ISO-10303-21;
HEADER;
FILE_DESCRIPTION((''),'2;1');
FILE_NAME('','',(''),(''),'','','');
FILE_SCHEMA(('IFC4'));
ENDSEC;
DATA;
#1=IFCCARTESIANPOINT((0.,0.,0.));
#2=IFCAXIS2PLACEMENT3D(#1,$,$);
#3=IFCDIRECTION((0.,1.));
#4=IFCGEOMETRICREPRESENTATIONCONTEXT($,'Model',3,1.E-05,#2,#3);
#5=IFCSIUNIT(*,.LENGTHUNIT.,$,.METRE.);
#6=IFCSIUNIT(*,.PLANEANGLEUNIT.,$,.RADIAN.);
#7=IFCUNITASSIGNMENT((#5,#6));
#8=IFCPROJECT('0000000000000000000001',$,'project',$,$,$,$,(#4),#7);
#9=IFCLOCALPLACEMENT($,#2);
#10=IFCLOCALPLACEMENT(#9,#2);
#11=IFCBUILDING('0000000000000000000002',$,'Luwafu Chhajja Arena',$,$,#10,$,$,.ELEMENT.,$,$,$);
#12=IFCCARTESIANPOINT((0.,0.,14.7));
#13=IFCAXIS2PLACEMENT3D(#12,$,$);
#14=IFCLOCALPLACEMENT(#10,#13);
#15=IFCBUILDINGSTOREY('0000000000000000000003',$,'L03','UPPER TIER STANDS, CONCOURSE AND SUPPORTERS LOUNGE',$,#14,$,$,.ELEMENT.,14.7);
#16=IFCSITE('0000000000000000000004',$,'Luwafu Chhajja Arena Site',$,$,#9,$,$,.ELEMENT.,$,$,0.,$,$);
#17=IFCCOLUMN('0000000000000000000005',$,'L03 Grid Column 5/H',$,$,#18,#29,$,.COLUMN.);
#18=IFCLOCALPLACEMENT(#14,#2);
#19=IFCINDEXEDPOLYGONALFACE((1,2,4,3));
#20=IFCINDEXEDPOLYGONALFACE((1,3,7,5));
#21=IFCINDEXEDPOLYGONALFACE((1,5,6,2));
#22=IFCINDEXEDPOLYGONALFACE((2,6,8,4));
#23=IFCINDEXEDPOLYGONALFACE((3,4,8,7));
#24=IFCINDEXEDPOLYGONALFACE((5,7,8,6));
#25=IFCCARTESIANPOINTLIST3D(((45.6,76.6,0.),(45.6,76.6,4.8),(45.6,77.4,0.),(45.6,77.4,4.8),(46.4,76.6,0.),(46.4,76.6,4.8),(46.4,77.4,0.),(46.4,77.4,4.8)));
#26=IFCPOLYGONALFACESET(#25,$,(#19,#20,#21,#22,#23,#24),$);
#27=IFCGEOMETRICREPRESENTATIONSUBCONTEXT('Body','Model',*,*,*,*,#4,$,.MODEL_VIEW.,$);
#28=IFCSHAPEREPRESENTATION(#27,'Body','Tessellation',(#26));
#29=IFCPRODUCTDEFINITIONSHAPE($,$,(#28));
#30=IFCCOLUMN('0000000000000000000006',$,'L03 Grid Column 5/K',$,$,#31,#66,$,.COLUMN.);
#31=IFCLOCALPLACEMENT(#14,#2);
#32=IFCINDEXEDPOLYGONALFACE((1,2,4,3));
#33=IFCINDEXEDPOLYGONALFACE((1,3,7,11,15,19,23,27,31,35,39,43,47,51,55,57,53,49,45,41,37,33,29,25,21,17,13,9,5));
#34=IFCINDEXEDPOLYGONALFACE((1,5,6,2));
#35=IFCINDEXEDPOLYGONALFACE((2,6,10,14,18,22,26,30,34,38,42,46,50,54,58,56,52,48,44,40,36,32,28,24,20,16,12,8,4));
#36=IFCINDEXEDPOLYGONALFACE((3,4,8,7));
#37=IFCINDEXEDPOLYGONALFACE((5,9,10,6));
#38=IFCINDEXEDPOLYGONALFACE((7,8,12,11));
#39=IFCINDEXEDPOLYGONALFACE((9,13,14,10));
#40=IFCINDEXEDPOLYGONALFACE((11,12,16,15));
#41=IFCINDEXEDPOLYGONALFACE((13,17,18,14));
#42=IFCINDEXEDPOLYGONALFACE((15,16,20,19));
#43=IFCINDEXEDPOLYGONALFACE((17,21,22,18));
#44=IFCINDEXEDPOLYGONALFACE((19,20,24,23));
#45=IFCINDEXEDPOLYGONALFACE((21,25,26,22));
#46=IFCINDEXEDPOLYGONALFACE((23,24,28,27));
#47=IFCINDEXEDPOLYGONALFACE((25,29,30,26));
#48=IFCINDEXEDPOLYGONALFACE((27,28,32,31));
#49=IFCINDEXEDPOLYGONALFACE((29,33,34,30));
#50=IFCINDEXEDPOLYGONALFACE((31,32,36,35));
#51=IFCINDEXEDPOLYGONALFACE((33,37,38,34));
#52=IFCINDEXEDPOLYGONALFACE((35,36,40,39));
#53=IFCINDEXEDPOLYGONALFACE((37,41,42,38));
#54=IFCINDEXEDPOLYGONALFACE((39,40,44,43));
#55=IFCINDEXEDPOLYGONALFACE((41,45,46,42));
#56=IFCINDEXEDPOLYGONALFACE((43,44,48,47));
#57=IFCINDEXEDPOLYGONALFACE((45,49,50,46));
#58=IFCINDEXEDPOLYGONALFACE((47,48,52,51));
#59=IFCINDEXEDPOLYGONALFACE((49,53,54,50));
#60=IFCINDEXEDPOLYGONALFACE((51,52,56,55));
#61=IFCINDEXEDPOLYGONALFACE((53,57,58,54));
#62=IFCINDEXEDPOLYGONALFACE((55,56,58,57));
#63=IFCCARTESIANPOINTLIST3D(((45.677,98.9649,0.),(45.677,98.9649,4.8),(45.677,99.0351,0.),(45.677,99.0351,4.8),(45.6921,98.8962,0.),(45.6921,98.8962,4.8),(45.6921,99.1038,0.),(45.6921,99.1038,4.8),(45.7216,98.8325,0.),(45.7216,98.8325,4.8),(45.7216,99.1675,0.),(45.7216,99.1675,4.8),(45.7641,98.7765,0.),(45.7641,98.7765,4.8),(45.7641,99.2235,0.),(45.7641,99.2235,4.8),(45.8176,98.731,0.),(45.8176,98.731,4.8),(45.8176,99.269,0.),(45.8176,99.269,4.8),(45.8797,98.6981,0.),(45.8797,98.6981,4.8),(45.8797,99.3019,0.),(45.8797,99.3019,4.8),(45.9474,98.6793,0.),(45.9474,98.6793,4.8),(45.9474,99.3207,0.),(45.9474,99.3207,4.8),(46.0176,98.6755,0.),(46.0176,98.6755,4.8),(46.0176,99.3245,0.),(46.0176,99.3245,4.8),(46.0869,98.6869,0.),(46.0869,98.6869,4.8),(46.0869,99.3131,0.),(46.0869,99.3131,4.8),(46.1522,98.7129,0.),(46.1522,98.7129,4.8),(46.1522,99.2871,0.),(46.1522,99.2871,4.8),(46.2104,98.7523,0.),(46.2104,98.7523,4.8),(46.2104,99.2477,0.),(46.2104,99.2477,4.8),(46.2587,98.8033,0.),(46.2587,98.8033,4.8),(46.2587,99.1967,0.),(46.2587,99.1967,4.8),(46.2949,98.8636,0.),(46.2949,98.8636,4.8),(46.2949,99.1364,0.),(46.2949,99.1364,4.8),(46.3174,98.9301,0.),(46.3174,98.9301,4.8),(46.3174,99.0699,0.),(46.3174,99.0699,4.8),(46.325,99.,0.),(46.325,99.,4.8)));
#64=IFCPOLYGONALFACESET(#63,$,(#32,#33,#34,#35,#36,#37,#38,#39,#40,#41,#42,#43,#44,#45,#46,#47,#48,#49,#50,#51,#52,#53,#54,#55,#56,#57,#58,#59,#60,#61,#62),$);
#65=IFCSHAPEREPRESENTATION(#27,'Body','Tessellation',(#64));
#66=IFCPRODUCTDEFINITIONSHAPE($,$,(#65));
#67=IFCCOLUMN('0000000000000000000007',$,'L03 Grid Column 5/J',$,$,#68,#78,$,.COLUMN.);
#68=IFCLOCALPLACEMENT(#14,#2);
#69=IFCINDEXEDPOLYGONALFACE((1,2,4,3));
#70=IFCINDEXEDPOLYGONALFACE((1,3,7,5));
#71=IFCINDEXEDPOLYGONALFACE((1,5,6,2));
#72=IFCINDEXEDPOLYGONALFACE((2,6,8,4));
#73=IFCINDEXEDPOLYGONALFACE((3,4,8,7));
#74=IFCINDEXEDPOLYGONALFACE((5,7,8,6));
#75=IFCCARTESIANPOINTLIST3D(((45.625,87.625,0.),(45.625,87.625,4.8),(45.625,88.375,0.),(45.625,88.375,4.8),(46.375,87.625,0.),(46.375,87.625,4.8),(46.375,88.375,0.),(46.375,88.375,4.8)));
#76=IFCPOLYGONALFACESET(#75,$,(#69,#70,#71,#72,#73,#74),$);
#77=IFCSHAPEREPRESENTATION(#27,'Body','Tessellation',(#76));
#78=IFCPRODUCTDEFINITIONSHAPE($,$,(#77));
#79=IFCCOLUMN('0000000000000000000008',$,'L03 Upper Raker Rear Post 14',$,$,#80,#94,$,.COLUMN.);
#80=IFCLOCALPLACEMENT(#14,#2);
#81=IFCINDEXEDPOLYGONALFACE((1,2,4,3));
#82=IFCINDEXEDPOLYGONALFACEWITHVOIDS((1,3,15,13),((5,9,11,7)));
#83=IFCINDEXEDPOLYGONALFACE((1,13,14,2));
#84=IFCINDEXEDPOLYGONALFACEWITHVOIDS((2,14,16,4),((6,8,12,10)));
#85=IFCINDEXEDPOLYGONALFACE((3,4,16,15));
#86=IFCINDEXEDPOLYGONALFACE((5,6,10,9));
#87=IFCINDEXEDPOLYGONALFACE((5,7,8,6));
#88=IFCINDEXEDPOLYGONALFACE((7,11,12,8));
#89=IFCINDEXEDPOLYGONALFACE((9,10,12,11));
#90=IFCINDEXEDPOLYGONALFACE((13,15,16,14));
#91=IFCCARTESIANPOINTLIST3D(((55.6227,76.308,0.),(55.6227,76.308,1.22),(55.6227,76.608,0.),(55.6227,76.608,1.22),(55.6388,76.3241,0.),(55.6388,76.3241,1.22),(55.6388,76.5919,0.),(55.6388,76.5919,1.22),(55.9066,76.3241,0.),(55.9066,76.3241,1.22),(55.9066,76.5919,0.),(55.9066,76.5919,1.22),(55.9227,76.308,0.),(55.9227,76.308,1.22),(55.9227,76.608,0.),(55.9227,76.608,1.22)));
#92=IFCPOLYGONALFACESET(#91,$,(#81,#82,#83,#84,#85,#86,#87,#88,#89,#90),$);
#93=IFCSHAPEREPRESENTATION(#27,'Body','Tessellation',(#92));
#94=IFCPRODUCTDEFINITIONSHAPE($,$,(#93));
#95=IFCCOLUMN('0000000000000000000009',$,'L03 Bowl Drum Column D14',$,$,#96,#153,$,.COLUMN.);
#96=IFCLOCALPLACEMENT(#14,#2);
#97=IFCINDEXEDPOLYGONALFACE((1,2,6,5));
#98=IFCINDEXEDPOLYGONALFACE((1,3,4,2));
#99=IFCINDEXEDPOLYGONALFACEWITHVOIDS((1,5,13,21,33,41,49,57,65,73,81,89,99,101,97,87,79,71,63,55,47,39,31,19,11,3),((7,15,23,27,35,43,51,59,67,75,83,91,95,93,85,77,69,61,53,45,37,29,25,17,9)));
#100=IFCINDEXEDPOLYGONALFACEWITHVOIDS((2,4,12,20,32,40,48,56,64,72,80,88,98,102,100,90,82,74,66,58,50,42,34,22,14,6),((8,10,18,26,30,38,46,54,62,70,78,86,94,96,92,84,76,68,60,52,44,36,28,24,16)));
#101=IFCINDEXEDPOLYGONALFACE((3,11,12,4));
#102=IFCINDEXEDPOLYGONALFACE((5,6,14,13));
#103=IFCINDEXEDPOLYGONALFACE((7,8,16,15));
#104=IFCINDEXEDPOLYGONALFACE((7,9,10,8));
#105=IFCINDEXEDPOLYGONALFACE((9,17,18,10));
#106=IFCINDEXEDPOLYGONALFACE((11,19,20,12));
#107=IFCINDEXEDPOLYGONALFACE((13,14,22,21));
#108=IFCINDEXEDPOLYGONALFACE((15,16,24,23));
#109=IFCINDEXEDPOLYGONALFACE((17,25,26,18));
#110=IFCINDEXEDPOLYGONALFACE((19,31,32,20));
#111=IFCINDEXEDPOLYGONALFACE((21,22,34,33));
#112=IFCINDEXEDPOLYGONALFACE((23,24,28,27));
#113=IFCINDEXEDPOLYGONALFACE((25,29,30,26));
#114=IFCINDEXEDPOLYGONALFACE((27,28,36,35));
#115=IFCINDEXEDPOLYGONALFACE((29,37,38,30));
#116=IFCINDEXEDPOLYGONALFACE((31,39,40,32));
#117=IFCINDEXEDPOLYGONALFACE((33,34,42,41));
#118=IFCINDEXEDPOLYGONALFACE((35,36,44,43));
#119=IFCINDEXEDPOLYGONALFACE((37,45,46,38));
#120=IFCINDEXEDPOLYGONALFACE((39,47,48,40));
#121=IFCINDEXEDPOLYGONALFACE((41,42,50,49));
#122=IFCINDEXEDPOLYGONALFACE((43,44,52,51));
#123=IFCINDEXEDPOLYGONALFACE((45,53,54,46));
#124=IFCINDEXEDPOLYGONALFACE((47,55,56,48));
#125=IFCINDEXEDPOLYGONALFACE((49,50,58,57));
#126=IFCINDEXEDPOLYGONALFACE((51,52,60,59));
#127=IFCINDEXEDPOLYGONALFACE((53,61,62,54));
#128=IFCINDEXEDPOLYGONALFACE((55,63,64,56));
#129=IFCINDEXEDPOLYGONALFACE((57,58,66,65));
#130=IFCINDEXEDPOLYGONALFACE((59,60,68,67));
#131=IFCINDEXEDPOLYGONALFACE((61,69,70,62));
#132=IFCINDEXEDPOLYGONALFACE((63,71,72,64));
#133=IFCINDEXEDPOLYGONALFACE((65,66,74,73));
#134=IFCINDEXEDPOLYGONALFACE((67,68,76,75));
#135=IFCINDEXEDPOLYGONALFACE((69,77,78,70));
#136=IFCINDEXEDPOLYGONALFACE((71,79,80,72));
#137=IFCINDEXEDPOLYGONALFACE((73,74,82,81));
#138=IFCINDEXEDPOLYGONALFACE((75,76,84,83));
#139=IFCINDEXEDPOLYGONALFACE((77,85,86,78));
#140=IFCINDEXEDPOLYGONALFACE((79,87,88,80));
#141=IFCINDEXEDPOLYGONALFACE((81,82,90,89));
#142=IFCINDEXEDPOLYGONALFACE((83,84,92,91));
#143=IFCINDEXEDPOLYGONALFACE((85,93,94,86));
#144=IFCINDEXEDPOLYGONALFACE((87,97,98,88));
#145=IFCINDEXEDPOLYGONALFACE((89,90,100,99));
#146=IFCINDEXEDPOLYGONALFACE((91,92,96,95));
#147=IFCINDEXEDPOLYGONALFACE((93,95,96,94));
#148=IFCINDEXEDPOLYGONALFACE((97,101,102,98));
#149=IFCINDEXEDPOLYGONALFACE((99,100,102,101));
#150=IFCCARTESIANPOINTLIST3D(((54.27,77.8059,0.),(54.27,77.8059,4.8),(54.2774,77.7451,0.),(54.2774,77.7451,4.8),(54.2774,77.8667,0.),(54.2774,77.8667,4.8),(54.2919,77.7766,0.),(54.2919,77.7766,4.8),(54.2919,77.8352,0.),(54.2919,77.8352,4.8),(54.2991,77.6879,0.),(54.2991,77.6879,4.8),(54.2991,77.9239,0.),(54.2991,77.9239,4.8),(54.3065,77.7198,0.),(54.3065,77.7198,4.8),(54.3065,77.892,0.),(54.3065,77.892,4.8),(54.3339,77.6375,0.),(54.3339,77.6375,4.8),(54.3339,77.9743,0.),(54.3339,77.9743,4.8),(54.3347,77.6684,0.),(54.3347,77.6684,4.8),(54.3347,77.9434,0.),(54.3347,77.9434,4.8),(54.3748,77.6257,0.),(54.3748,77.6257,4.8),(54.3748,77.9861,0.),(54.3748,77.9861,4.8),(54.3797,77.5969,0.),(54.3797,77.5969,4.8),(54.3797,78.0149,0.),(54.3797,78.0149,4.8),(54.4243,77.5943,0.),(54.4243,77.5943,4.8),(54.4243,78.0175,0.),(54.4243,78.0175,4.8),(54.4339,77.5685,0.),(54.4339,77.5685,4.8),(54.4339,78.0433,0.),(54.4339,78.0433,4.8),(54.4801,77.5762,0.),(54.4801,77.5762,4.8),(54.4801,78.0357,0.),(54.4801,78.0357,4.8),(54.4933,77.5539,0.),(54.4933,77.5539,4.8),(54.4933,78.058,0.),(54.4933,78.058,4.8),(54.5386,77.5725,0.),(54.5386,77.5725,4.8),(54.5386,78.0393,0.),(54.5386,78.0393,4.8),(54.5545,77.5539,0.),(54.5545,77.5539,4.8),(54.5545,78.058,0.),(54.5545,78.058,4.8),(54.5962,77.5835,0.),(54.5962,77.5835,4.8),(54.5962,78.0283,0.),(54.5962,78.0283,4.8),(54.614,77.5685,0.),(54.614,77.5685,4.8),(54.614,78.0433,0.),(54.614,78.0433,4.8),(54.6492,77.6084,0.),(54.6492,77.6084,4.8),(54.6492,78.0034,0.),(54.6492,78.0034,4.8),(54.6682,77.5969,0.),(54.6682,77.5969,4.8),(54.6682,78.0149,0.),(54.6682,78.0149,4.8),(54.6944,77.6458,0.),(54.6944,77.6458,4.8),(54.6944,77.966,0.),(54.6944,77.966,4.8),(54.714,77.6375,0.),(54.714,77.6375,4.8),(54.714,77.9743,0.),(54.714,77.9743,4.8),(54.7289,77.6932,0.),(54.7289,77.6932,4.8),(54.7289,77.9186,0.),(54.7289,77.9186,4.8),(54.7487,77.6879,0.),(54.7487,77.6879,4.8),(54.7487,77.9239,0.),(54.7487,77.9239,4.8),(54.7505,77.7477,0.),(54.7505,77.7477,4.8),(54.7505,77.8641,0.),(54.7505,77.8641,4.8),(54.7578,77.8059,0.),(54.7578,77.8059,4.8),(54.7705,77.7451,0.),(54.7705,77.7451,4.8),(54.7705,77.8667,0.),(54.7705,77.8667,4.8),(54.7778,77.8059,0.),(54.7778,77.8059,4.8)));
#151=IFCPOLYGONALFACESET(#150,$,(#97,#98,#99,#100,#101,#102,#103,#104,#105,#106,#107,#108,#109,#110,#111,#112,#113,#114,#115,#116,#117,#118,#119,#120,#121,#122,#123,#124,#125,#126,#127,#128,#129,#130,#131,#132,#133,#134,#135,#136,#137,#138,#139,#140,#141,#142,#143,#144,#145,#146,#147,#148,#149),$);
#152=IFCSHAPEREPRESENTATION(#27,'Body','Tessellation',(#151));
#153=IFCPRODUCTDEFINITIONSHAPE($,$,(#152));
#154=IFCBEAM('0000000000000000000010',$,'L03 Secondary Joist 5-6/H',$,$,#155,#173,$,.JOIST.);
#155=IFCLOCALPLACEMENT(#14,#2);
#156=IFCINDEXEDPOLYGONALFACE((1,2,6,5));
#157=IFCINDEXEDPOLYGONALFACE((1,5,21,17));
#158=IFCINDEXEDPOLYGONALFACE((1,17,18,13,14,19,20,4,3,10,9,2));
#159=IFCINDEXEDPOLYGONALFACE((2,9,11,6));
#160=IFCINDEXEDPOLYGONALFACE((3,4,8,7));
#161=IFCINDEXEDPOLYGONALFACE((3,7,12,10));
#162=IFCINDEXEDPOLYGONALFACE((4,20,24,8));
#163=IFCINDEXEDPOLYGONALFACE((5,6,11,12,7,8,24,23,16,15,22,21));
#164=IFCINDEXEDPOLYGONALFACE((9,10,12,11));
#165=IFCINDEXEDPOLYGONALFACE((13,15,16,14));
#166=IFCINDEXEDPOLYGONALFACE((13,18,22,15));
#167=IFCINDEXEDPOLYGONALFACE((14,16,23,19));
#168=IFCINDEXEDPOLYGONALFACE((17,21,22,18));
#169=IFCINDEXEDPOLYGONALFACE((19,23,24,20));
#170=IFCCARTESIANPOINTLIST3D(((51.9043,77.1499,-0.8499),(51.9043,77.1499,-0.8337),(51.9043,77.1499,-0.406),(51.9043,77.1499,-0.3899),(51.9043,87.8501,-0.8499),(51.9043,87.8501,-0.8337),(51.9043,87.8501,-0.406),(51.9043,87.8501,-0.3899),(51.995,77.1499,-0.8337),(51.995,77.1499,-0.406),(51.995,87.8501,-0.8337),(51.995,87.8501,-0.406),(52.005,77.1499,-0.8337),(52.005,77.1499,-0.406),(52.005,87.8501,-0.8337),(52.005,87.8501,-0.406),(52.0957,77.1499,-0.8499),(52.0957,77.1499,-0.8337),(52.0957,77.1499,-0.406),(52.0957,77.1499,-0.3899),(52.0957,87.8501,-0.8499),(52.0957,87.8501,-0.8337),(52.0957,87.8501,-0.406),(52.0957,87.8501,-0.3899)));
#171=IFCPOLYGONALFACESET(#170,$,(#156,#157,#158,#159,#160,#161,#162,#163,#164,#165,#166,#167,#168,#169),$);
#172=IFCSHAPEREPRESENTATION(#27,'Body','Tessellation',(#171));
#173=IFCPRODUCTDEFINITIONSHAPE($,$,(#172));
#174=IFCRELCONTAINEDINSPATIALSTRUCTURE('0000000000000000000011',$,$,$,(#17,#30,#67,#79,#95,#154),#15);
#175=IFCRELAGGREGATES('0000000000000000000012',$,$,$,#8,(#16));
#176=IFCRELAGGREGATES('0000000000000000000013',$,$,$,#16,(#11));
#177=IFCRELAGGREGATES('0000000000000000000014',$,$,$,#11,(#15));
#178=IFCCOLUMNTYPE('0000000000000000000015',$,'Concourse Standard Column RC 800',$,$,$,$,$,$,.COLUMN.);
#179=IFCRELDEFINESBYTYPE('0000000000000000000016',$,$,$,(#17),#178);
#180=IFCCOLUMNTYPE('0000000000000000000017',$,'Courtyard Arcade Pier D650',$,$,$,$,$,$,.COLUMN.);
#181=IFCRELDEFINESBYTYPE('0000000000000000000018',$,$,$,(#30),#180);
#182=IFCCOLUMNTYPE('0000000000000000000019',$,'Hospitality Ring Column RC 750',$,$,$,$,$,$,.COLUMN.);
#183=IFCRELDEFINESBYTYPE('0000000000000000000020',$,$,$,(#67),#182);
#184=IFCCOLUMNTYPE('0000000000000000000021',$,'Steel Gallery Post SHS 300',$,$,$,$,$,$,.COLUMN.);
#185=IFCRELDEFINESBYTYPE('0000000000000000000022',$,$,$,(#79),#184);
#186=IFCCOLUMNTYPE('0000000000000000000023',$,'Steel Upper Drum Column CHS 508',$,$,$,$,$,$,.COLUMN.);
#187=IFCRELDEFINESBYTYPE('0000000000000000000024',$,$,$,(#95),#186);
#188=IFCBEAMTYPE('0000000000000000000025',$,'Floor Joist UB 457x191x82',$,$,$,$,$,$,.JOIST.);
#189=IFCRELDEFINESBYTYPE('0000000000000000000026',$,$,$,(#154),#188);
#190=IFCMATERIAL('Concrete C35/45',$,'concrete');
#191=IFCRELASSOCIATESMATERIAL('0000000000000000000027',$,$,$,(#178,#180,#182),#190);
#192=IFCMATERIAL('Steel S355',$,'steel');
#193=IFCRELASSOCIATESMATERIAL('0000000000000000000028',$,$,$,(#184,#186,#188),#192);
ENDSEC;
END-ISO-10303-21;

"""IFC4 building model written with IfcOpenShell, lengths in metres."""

from ifc_helpers import new_model, si_unit, direction, frame, origin, origin_2d, place, context, subcontext, project, spatial, rectangle, hollow_rectangle, circle, hollow_circle, i_section, extrude, material, material_profile, profile_set, type_object, element, save


model = new_model("IFC4")

# Units and contexts
model_context = context("Model", 3, precision=1e-05, world=origin(), true_north=direction((0.0, 1.0)))
body_context = subcontext(model_context, "Body", "Model", "MODEL_VIEW")
ifc_project = project(units=[si_unit("LENGTHUNIT", "METRE"), si_unit("PLANEANGLEUNIT", "RADIAN")], contexts=[model_context])

# Site, building, storey
site_placement = place(None, origin())
site = spatial("IfcSite", under=ifc_project, at=site_placement, Name="Luwafu Chhajja Arena Site", CompositionType="ELEMENT", RefElevation=0.0)
building_placement = place(site_placement, origin())
building = spatial("IfcBuilding", under=site, at=building_placement, Name="Luwafu Chhajja Arena", CompositionType="ELEMENT")
storey_placement = place(building_placement, frame((0.0, 0.0, 14.7)))
storey = spatial("IfcBuildingStorey", under=building, at=storey_placement, Name="L03", Description="UPPER TIER STANDS, CONCOURSE AND SUPPORTERS LOUNGE", CompositionType="ELEMENT", Elevation=14.7)

# Columns
ifc_material_1 = material(Name="Concrete C35/45", Category="concrete")
ifc_material_profile_1 = material_profile(ifc_material_1, rectangle(XDim=0.8, YDim=0.8, at=origin_2d()), Name="RC 800x800")
ifc_profile_set_1 = profile_set([ifc_material_profile_1], Name="Concrete C35/45")
column_type_1 = type_object("IfcColumnType", Name="Concourse Standard Column RC 800", PredefinedType="COLUMN", material=ifc_profile_set_1)
column_1_placement = place(storey_placement, frame((46.0, 77.0, 0.0), z_axis=(0.0, 0.0, 1.0), x_axis=(1.0, 0.0, 0.0)))
element("IfcColumn", 1, at=column_1_placement, inside=storey, type_object=column_type_1, Name="L03 Grid Column 5/H", PredefinedType="COLUMN", context=body_context, shape_type="SweptSolid", body=[
    extrude(rectangle(XDim=0.8, YDim=0.8, at=origin_2d()), origin(), (0.0, 0.0, 1.0), 4.8),
])
ifc_material_profile_2 = material_profile(ifc_material_1, circle(Radius=0.325, at=origin_2d()), Name="RC COL D650")
ifc_profile_set_2 = profile_set([ifc_material_profile_2], Name="Concrete C35/45")
column_type_2 = type_object("IfcColumnType", Name="Courtyard Arcade Pier D650", PredefinedType="COLUMN", material=ifc_profile_set_2)
column_2_placement = place(storey_placement, frame((46.0, 99.0, 0.0), z_axis=(0.0, 0.0, 1.0), x_axis=(1.0, 0.0, 0.0)))
element("IfcColumn", 2, at=column_2_placement, inside=storey, type_object=column_type_2, Name="L03 Grid Column 5/K", PredefinedType="COLUMN", context=body_context, shape_type="SweptSolid", body=[
    extrude(circle(Radius=0.325, at=origin_2d()), origin(), (0.0, 0.0, 1.0), 4.8),
])
ifc_material_profile_3 = material_profile(ifc_material_1, rectangle(XDim=0.75, YDim=0.75, at=origin_2d()), Name="RC 750x750")
ifc_profile_set_3 = profile_set([ifc_material_profile_3], Name="Concrete C35/45")
column_type_3 = type_object("IfcColumnType", Name="Hospitality Ring Column RC 750", PredefinedType="COLUMN", material=ifc_profile_set_3)
column_3_placement = place(storey_placement, frame((46.0, 88.0, 0.0), z_axis=(0.0, 0.0, 1.0), x_axis=(1.0, 0.0, 0.0)))
element("IfcColumn", 3, at=column_3_placement, inside=storey, type_object=column_type_3, Name="L03 Grid Column 5/J", PredefinedType="COLUMN", context=body_context, shape_type="SweptSolid", body=[
    extrude(rectangle(XDim=0.75, YDim=0.75, at=origin_2d()), origin(), (0.0, 0.0, 1.0), 4.8),
])
ifc_material_2 = material(Name="Steel S355", Category="steel")
ifc_material_profile_4 = material_profile(ifc_material_2, hollow_rectangle(XDim=0.3, YDim=0.3, WallThickness=0.0161, at=origin_2d()), Name="SHS 300x300x16")
ifc_profile_set_4 = profile_set([ifc_material_profile_4], Name="Steel S355")
column_type_4 = type_object("IfcColumnType", Name="Steel Gallery Post SHS 300", PredefinedType="COLUMN", material=ifc_profile_set_4)
column_4_placement = place(storey_placement, frame((55.7727, 76.458, 0.0), z_axis=(0.0, 0.0, 1.0), x_axis=(1.0, 0.0, 0.0)))
element("IfcColumn", 4, at=column_4_placement, inside=storey, type_object=column_type_4, Name="L03 Upper Raker Rear Post 14", PredefinedType="COLUMN", context=body_context, shape_type="SweptSolid", body=[
    extrude(hollow_rectangle(XDim=0.3, YDim=0.3, WallThickness=0.0161, at=origin_2d()), origin(), (0.0, 0.0, 1.0), 1.22),
])
ifc_material_profile_5 = material_profile(ifc_material_2, hollow_circle(Radius=0.2539, WallThickness=0.02, at=origin_2d()), Name="CHS 508x20")
ifc_profile_set_5 = profile_set([ifc_material_profile_5], Name="Steel S355")
column_type_5 = type_object("IfcColumnType", Name="Steel Upper Drum Column CHS 508", PredefinedType="COLUMN", material=ifc_profile_set_5)
column_5_placement = place(storey_placement, frame((54.5239, 77.8059, 0.0), z_axis=(0.0, 0.0, 1.0), x_axis=(1.0, 0.0, 0.0)))
element("IfcColumn", 5, at=column_5_placement, inside=storey, type_object=column_type_5, Name="L03 Bowl Drum Column D14", PredefinedType="COLUMN", context=body_context, shape_type="SweptSolid", body=[
    extrude(hollow_circle(Radius=0.2539, WallThickness=0.02, at=origin_2d()), origin(), (0.0, 0.0, 1.0), 4.8),
])

# Beam
ifc_material_profile_6 = material_profile(ifc_material_2, i_section(OverallWidth=0.1914, OverallDepth=0.46, WebThickness=0.01, FlangeThickness=0.0161, at=origin_2d()), Name="UB 457x191x82")
ifc_profile_set_6 = profile_set([ifc_material_profile_6], Name="Steel S355")
beam_type_1 = type_object("IfcBeamType", Name="Floor Joist UB 457x191x82", PredefinedType="JOIST", material=ifc_profile_set_6)
beam_1_placement = place(storey_placement, frame((52.0, 77.1499, -0.6199), z_axis=(0.0, 1.0, 0.0), x_axis=(-1.0, 0.0, 0.0)))
element("IfcBeam", 6, at=beam_1_placement, inside=storey, type_object=beam_type_1, Name="L03 Secondary Joist 5-6/H", PredefinedType="JOIST", context=body_context, shape_type="SweptSolid", body=[
    extrude(i_section(OverallWidth=0.1914, OverallDepth=0.46, WebThickness=0.01, FlangeThickness=0.0161, at=origin_2d()), origin(), (0.0, 0.0, 1.0), 10.7002),
])

save(model, "model.ifc")
